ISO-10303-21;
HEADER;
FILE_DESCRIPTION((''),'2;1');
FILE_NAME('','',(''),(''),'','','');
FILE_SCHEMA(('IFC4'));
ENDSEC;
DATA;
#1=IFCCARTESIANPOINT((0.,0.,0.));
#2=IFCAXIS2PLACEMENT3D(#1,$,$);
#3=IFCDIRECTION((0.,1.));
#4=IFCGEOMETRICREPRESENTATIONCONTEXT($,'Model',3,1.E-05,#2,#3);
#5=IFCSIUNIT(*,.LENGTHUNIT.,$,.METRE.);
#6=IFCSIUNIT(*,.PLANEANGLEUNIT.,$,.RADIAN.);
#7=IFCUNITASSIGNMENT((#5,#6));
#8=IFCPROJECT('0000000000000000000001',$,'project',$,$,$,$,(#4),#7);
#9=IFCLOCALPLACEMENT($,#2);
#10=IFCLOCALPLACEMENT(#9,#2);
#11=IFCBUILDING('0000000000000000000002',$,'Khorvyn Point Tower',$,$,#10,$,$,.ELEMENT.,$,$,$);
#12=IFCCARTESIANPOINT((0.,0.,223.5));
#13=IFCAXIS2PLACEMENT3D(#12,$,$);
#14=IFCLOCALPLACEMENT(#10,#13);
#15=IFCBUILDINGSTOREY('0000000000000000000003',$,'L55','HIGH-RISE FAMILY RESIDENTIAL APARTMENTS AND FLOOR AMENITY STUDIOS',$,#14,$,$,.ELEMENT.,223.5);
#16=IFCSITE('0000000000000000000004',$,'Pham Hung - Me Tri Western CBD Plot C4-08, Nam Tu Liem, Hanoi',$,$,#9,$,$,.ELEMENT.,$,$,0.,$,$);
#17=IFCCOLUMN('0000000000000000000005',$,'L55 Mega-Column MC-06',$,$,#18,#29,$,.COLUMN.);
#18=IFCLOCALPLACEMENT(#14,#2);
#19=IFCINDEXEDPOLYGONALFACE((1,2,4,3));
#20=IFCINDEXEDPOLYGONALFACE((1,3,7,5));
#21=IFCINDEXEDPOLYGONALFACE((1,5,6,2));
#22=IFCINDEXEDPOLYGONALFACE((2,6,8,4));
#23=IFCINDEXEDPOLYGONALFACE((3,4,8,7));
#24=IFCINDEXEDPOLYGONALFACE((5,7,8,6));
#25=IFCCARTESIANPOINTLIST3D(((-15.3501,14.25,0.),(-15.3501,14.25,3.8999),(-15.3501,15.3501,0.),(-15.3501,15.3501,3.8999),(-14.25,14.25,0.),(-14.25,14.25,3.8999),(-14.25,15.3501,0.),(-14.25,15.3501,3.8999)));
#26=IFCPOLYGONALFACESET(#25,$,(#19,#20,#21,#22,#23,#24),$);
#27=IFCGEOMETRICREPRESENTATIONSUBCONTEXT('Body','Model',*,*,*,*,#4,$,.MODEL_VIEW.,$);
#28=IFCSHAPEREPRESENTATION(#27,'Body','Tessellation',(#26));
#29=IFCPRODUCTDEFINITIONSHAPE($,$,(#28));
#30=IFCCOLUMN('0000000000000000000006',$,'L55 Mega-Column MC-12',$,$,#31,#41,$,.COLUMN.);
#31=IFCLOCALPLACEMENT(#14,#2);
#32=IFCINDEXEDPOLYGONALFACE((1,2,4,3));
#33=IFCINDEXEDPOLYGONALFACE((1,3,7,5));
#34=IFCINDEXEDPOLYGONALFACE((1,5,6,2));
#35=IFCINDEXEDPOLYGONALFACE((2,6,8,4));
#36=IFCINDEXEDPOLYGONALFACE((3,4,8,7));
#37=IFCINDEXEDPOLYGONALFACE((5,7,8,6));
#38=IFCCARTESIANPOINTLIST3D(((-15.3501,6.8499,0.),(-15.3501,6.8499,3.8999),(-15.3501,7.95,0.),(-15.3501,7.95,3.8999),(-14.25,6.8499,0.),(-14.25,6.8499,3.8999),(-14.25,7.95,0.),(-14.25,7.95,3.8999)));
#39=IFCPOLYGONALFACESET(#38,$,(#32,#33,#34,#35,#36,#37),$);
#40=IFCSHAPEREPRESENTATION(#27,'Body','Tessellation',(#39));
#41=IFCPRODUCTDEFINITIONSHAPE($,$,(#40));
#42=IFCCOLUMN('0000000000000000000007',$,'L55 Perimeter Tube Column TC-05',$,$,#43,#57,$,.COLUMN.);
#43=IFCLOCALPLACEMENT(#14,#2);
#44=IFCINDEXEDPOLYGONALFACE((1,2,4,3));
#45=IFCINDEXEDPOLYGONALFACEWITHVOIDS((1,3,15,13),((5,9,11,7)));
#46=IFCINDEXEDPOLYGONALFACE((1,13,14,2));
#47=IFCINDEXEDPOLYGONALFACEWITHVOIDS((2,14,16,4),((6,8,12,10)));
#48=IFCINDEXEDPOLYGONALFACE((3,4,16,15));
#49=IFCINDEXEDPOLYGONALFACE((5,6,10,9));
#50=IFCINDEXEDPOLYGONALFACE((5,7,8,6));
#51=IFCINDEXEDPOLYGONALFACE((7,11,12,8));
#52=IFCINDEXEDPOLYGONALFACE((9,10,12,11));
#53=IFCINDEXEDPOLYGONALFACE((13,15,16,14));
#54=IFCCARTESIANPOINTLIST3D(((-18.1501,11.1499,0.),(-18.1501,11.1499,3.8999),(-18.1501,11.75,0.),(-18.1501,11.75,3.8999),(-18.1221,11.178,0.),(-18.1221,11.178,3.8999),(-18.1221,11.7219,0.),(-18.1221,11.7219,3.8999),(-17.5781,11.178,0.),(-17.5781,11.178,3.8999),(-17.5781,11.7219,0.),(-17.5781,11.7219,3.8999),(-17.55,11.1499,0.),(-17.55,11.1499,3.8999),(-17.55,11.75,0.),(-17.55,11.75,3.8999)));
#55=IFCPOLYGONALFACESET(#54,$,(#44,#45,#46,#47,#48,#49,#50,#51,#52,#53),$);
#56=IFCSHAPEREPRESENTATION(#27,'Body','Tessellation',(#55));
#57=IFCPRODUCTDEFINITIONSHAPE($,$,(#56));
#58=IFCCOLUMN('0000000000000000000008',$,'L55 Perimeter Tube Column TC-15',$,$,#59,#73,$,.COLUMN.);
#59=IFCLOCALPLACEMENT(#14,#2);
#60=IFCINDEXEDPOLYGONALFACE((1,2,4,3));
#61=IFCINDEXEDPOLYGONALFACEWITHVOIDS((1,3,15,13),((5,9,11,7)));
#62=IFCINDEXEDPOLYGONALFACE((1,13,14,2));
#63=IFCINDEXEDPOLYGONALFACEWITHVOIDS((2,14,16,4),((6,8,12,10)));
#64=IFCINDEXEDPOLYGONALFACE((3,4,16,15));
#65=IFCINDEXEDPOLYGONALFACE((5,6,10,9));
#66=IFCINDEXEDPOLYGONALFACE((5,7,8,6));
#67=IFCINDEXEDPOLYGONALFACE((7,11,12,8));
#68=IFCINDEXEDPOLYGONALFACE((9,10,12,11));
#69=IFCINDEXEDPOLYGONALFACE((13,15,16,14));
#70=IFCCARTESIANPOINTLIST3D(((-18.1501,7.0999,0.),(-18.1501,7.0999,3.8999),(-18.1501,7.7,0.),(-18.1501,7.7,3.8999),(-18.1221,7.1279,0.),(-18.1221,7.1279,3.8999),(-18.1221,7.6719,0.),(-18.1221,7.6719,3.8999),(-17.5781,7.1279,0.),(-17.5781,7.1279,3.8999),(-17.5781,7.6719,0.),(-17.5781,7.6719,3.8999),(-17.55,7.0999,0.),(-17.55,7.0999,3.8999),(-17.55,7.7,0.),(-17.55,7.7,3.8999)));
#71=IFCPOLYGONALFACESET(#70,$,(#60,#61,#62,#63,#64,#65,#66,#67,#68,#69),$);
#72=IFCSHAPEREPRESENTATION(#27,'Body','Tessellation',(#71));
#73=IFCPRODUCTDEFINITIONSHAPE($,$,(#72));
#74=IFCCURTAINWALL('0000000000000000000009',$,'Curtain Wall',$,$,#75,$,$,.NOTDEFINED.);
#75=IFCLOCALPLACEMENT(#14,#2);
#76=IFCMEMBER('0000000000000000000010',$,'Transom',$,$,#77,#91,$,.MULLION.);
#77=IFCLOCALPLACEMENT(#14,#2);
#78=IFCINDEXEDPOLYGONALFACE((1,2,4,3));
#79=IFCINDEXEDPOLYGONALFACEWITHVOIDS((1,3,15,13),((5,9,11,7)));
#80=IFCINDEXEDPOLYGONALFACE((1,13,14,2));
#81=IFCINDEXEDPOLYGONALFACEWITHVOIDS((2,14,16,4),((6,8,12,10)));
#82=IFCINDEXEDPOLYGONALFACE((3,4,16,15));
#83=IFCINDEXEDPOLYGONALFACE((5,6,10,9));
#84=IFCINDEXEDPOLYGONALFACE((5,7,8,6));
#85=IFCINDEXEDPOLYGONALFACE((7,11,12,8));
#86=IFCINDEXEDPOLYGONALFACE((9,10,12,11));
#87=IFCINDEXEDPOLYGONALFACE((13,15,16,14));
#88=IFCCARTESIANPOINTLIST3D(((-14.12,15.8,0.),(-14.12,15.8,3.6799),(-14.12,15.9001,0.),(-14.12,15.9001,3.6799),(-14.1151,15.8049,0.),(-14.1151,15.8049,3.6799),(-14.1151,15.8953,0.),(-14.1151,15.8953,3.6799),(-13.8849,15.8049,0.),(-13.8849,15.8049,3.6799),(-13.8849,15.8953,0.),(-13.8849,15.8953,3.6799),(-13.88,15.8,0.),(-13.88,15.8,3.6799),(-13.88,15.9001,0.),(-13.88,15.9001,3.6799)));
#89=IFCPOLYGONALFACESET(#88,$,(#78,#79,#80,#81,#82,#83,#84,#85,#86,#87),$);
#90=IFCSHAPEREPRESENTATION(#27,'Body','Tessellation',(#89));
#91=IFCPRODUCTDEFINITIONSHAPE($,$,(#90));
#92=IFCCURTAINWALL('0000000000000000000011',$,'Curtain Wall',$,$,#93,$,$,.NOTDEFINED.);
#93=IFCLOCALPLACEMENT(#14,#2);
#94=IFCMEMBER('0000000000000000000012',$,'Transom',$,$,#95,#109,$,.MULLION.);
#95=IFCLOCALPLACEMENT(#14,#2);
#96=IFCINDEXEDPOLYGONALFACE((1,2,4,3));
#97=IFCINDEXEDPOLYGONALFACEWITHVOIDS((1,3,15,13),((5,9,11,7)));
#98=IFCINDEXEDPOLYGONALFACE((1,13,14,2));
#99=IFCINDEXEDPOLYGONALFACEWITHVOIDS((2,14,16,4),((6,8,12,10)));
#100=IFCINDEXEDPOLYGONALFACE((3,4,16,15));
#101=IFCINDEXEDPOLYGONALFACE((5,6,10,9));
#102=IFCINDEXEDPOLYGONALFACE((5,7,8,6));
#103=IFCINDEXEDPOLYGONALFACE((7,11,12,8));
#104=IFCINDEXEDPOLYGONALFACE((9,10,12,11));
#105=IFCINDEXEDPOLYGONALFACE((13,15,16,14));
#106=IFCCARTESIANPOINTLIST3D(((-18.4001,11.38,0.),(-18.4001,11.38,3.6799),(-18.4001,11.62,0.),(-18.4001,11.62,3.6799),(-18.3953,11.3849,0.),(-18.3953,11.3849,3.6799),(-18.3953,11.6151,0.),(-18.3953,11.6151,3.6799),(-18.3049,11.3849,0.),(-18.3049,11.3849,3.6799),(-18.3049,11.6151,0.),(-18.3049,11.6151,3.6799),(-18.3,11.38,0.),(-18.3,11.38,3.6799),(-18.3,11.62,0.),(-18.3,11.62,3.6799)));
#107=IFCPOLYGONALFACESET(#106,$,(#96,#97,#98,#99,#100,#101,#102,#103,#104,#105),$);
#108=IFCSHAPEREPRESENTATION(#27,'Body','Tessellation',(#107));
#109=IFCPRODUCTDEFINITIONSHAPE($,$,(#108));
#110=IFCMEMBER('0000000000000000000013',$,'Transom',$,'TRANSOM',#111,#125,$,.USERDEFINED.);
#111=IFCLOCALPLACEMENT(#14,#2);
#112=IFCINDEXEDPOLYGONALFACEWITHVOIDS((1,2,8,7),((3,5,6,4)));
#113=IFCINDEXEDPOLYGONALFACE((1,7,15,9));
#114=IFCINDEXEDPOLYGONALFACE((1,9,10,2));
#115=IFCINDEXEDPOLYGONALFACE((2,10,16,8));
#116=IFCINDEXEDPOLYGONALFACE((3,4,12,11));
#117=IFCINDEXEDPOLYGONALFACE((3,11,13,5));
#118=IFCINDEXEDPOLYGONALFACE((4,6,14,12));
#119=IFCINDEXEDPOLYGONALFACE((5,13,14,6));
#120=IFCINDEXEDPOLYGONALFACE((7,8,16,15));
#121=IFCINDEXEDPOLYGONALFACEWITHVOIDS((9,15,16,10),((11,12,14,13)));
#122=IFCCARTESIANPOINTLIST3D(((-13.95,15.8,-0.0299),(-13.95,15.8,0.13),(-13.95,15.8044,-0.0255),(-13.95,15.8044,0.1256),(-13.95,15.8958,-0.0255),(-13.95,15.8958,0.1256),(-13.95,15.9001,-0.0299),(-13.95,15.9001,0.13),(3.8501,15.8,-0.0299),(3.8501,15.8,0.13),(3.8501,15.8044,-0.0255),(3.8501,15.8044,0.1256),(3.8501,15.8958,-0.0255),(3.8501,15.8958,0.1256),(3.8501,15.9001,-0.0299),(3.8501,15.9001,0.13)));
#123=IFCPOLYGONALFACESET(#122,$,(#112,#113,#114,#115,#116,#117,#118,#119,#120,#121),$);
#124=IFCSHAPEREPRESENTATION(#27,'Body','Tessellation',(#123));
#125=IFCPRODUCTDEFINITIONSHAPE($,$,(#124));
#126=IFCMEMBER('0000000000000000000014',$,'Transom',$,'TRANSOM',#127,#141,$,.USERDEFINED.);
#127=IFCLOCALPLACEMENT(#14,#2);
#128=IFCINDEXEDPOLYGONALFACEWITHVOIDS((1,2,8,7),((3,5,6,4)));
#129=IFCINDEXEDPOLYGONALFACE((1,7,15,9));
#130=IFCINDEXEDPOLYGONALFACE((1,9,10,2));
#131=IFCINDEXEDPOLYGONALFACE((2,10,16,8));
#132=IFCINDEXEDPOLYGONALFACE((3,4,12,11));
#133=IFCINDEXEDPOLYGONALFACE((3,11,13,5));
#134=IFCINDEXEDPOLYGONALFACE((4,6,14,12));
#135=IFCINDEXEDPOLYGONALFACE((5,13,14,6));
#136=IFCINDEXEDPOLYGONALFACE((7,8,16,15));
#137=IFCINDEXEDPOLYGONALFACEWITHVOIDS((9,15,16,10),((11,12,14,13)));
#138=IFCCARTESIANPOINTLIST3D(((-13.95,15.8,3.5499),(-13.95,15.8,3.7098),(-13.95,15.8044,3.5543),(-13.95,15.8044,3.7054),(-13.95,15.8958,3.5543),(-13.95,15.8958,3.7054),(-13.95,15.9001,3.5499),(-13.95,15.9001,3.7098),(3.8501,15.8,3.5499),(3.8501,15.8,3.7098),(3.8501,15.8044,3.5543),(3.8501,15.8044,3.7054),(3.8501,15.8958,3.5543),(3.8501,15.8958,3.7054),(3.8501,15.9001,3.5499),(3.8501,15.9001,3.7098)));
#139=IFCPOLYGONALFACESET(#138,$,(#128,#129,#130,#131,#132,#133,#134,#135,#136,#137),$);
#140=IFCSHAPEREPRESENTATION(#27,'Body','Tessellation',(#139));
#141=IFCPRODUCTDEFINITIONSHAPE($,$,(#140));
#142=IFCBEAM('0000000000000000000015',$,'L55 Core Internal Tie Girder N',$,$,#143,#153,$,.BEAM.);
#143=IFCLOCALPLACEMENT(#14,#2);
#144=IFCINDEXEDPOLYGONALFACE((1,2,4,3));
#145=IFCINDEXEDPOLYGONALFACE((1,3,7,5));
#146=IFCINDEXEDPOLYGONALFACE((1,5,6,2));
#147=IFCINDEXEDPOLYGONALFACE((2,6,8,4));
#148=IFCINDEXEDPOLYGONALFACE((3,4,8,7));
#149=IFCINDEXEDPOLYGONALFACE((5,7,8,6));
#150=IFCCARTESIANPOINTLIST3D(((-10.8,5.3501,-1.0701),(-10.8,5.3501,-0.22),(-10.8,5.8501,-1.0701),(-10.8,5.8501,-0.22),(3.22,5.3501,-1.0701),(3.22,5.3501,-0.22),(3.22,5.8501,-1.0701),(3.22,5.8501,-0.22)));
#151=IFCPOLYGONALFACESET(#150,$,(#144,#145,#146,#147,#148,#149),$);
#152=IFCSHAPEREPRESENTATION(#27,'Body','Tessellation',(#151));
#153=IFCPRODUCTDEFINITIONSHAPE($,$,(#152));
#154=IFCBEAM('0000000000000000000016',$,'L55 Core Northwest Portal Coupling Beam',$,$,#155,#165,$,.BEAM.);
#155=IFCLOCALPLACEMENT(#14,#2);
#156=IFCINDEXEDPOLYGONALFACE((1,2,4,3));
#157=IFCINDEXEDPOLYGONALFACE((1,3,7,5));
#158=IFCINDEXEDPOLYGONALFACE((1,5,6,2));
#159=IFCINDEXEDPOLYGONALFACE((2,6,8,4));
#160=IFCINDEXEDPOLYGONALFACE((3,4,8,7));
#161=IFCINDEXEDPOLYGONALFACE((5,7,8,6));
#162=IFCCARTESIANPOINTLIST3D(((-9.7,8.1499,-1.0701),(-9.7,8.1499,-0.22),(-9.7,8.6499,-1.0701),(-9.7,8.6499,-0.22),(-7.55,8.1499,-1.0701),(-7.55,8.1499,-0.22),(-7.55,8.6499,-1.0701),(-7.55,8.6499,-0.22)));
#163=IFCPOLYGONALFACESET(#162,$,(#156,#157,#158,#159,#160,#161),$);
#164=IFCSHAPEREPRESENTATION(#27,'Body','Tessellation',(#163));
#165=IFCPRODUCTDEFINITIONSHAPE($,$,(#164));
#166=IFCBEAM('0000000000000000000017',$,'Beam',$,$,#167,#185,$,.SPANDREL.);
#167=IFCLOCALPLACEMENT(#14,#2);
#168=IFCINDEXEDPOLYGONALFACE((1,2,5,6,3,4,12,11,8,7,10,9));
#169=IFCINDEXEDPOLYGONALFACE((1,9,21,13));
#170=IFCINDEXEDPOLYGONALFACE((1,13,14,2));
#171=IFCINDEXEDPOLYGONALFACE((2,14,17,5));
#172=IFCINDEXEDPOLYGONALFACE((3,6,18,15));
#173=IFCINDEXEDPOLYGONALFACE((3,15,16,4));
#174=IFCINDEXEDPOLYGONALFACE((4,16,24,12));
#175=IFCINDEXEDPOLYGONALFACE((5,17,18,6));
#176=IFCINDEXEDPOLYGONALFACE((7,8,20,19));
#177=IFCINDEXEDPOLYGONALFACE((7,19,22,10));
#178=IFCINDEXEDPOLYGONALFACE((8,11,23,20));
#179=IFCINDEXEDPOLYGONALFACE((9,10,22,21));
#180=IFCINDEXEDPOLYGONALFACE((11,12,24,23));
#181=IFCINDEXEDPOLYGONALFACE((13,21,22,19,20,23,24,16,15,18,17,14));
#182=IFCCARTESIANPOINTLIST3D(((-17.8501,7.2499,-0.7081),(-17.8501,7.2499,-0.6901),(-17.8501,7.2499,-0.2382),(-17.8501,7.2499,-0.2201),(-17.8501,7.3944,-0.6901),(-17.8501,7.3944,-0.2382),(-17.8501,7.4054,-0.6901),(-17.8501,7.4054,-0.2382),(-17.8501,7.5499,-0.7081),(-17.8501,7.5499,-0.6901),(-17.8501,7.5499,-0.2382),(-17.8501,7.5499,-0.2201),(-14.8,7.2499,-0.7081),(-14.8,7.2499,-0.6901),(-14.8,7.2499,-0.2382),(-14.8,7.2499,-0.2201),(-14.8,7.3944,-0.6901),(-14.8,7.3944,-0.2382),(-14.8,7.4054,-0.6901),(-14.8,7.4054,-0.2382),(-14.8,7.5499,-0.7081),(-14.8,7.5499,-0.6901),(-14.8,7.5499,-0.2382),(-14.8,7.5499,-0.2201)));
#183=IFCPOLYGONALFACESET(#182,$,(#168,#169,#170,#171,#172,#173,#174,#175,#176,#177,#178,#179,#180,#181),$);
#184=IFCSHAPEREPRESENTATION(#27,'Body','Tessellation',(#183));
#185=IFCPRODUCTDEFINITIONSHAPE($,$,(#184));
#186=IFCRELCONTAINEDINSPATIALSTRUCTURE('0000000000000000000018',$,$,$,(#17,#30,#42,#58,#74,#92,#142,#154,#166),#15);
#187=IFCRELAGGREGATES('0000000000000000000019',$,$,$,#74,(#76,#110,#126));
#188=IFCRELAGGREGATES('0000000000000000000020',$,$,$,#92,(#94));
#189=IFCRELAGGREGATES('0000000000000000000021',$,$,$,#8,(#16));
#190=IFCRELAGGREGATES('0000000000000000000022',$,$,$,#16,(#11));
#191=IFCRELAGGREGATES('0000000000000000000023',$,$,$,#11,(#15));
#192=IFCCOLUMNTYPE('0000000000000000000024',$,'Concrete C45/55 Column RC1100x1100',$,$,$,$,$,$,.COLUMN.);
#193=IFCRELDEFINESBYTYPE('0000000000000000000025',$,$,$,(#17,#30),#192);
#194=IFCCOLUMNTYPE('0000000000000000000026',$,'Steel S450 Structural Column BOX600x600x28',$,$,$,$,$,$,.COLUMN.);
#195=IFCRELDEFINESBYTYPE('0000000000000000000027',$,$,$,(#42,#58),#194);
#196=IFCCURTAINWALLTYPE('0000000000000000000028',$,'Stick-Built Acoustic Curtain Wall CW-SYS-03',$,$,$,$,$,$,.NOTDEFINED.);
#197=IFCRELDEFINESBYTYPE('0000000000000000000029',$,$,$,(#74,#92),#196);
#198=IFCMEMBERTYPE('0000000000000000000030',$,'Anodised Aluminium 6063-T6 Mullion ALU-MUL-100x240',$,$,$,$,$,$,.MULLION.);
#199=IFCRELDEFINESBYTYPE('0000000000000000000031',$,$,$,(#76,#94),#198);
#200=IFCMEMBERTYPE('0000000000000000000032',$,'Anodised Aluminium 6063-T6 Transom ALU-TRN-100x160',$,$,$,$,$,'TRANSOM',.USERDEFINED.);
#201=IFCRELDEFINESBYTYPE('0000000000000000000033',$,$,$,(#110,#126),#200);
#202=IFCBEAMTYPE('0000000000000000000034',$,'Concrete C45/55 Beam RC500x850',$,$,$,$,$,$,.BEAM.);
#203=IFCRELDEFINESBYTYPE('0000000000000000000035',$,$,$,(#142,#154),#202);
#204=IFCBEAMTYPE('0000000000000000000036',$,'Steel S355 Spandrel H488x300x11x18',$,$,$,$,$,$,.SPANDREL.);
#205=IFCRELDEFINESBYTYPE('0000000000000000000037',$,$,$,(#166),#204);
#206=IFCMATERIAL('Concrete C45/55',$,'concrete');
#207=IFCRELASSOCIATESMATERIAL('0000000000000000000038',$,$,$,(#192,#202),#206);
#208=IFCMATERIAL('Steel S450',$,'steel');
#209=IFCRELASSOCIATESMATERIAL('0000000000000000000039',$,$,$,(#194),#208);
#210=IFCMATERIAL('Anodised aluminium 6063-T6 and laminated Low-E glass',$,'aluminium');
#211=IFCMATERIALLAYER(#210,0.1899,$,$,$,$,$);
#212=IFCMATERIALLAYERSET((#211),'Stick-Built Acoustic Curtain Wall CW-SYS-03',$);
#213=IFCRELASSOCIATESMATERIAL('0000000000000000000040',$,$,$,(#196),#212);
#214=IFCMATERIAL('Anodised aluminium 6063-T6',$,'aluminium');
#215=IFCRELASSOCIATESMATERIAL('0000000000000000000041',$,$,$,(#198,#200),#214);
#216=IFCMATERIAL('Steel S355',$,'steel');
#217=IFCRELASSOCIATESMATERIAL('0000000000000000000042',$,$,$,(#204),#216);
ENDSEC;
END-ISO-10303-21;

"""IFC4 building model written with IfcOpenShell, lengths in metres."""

from ifc_helpers import new_model, si_unit, direction, frame, origin, origin_2d, place, context, subcontext, project, spatial, rectangle, hollow_rectangle, i_section, extrude, material, layer, layer_set, material_profile, profile_set, type_object, element, aggregate, save


model = new_model("IFC4")

# Units and contexts
model_context = context("Model", 3, precision=1e-05, world=origin(), true_north=direction((0.0, 1.0)))
body_context = subcontext(model_context, "Body", "Model", "MODEL_VIEW")
ifc_project = project(units=[si_unit("LENGTHUNIT", "METRE"), si_unit("PLANEANGLEUNIT", "RADIAN")], contexts=[model_context])

# Site, building, storey
site_placement = place(None, origin())
site = spatial("IfcSite", under=ifc_project, at=site_placement, Name="Pham Hung - Me Tri Western CBD Plot C4-08, Nam Tu Liem, Hanoi", CompositionType="ELEMENT", RefElevation=0.0)
building_placement = place(site_placement, origin())
building = spatial("IfcBuilding", under=site, at=building_placement, Name="Khorvyn Point Tower", CompositionType="ELEMENT")
storey_placement = place(building_placement, frame((0.0, 0.0, 223.5)))
storey = spatial("IfcBuildingStorey", under=building, at=storey_placement, Name="L55", Description="HIGH-RISE FAMILY RESIDENTIAL APARTMENTS AND FLOOR AMENITY STUDIOS", CompositionType="ELEMENT", Elevation=223.5)

# Columns
ifc_material_1 = material(Name="Concrete C45/55", Category="concrete")
ifc_material_profile_1 = material_profile(ifc_material_1, rectangle(XDim=1.1001, YDim=1.1001, at=origin_2d()))
ifc_profile_set_1 = profile_set([ifc_material_profile_1], Name="Concrete C45/55 RC1100x1100")
column_type_1 = type_object("IfcColumnType", Name="Concrete C45/55 Column RC1100x1100", PredefinedType="COLUMN", material=ifc_profile_set_1)
for number, where, z_axis, x_axis, name in (
    (1, (-14.8, 14.8, 0.0), (0.0, 0.0, 1.0), (1.0, 0.0, 0.0), "L55 Mega-Column MC-06"),
    (2, (-14.8, 7.3999, 0.0), (0.0, 0.0, 1.0), (1.0, 0.0, 0.0), "L55 Mega-Column MC-12"),
):
    element("IfcColumn", number, at=place(storey_placement, frame(where, z_axis=z_axis, x_axis=x_axis)), inside=storey, type_object=column_type_1, Name=name, PredefinedType="COLUMN", context=body_context, shape_type="SweptSolid", body=[
        extrude(rectangle(XDim=1.1001, YDim=1.1001, at=origin_2d()), origin(), (0.0, 0.0, 1.0), 3.8999),
    ])
ifc_material_2 = material(Name="Steel S450", Category="steel")
ifc_material_profile_2 = material_profile(ifc_material_2, hollow_rectangle(XDim=0.6001, YDim=0.6001, WallThickness=0.0281, at=origin_2d()))
ifc_profile_set_2 = profile_set([ifc_material_profile_2], Name="Steel S450 BOX600x600x28")
column_type_2 = type_object("IfcColumnType", Name="Steel S450 Structural Column BOX600x600x28", PredefinedType="COLUMN", material=ifc_profile_set_2)
for number, where, z_axis, x_axis, name in (
    (3, (-17.8501, 11.45, 0.0), (0.0, 0.0, 1.0), (1.0, 0.0, 0.0), "L55 Perimeter Tube Column TC-05"),
    (4, (-17.8501, 7.3999, 0.0), (0.0, 0.0, 1.0), (1.0, 0.0, 0.0), "L55 Perimeter Tube Column TC-15"),
):
    element("IfcColumn", number, at=place(storey_placement, frame(where, z_axis=z_axis, x_axis=x_axis)), inside=storey, type_object=column_type_2, Name=name, PredefinedType="COLUMN", context=body_context, shape_type="SweptSolid", body=[
        extrude(hollow_rectangle(XDim=0.6001, YDim=0.6001, WallThickness=0.0281, at=origin_2d()), origin(), (0.0, 0.0, 1.0), 3.8999),
    ])

# Curtain walls, members
ifc_material_3 = material(Name="Anodised aluminium 6063-T6 and laminated Low-E glass", Category="aluminium")
ifc_layer_1 = layer(ifc_material_3, 0.1899)
ifc_layer_set_1 = layer_set([ifc_layer_1], Name="Stick-Built Acoustic Curtain Wall CW-SYS-03")
curtain_wall_type = type_object("IfcCurtainWallType", Name="Stick-Built Acoustic Curtain Wall CW-SYS-03", PredefinedType="NOTDEFINED", material=ifc_layer_set_1)
curtain_wall_1_placement = place(storey_placement, origin())
curtain_wall_1 = element("IfcCurtainWall", 5, at=curtain_wall_1_placement, inside=storey, type_object=curtain_wall_type, Name="Curtain Wall", PredefinedType="NOTDEFINED")
ifc_material_4 = material(Name="Anodised aluminium 6063-T6", Category="aluminium")
ifc_material_profile_3 = material_profile(ifc_material_4, hollow_rectangle(XDim=0.1001, YDim=0.24, WallThickness=0.0049, at=origin_2d()))
ifc_profile_set_3 = profile_set([ifc_material_profile_3], Name="Anodised aluminium 6063-T6 ALU-MUL-100x240")
member_type_1 = type_object("IfcMemberType", Name="Anodised Aluminium 6063-T6 Mullion ALU-MUL-100x240", PredefinedType="MULLION", material=ifc_profile_set_3)
member_1_placement = place(storey_placement, frame((-14.0, 15.8501, 0.0), z_axis=(0.0, 0.0, 1.0), x_axis=(0.0, 1.0, 0.0)))
member_1 = element("IfcMember", 6, at=member_1_placement, type_object=member_type_1, Name="Transom", PredefinedType="MULLION", context=body_context, shape_type="SweptSolid", body=[
    extrude(hollow_rectangle(XDim=0.1001, YDim=0.24, WallThickness=0.0049, at=origin_2d()), origin(), (0.0, 0.0, 1.0), 3.6799),
])
curtain_wall_2_placement = place(storey_placement, origin())
curtain_wall_2 = element("IfcCurtainWall", 7, at=curtain_wall_2_placement, inside=storey, type_object=curtain_wall_type, Name="Curtain Wall", PredefinedType="NOTDEFINED")
member_2_placement = place(storey_placement, frame((-18.3501, 11.5, 0.0), z_axis=(0.0, 0.0, 1.0), x_axis=(-1.0, 0.0, 0.0)))
member_2 = element("IfcMember", 8, at=member_2_placement, type_object=member_type_1, Name="Transom", PredefinedType="MULLION", context=body_context, shape_type="SweptSolid", body=[
    extrude(hollow_rectangle(XDim=0.1001, YDim=0.24, WallThickness=0.0049, at=origin_2d()), origin(), (0.0, 0.0, 1.0), 3.6799),
])

# Members
ifc_material_profile_4 = material_profile(ifc_material_4, hollow_rectangle(XDim=0.1001, YDim=0.1599, WallThickness=0.0044, at=origin_2d()))
ifc_profile_set_4 = profile_set([ifc_material_profile_4], Name="Anodised aluminium 6063-T6 ALU-TRN-100x160")
member_type_2 = type_object("IfcMemberType", Name="Anodised Aluminium 6063-T6 Transom ALU-TRN-100x160", ElementType="TRANSOM", PredefinedType="USERDEFINED", material=ifc_profile_set_4)
member_3_placement = place(storey_placement, frame((-13.95, 15.8501, 0.05), z_axis=(1.0, 0.0, 0.0), x_axis=(0.0, 1.0, 0.0)))
member_3 = element("IfcMember", 9, at=member_3_placement, type_object=member_type_2, Name="Transom", ObjectType="TRANSOM", PredefinedType="USERDEFINED", context=body_context, shape_type="SweptSolid", body=[
    extrude(hollow_rectangle(XDim=0.1001, YDim=0.1599, WallThickness=0.0044, at=origin_2d()), origin(), (0.0, 0.0, 1.0), 17.8),
])
member_4_placement = place(storey_placement, frame((-13.95, 15.8501, 3.6299), z_axis=(1.0, 0.0, 0.0), x_axis=(0.0, 1.0, 0.0)))
member_4 = element("IfcMember", 10, at=member_4_placement, type_object=member_type_2, Name="Transom", ObjectType="TRANSOM", PredefinedType="USERDEFINED", context=body_context, shape_type="SweptSolid", body=[
    extrude(hollow_rectangle(XDim=0.1001, YDim=0.1599, WallThickness=0.0044, at=origin_2d()), origin(), (0.0, 0.0, 1.0), 17.8),
])
aggregate(curtain_wall_1, [member_1, member_3, member_4])

# Beams
ifc_material_profile_5 = material_profile(ifc_material_1, rectangle(XDim=0.5, YDim=0.8501, at=origin_2d()))
ifc_profile_set_5 = profile_set([ifc_material_profile_5], Name="Concrete C45/55 RC500x850")
beam_type_1 = type_object("IfcBeamType", Name="Concrete C45/55 Beam RC500x850", PredefinedType="BEAM", material=ifc_profile_set_5)
beam_1_placement = place(storey_placement, frame((-10.8, 5.6001, -0.645), z_axis=(1.0, 0.0, 0.0), x_axis=(0.0, 1.0, 0.0)))
element("IfcBeam", 11, at=beam_1_placement, inside=storey, type_object=beam_type_1, Name="L55 Core Internal Tie Girder N", PredefinedType="BEAM", context=body_context, shape_type="SweptSolid", body=[
    extrude(rectangle(XDim=0.5, YDim=0.8501, at=origin_2d()), origin(), (0.0, 0.0, 1.0), 14.02),
])
beam_2_placement = place(storey_placement, frame((-9.7, 8.3999, -0.645), z_axis=(1.0, 0.0, 0.0), x_axis=(0.0, 1.0, 0.0)))
element("IfcBeam", 12, at=beam_2_placement, inside=storey, type_object=beam_type_1, Name="L55 Core Northwest Portal Coupling Beam", PredefinedType="BEAM", context=body_context, shape_type="SweptSolid", body=[
    extrude(rectangle(XDim=0.5, YDim=0.8501, at=origin_2d()), origin(), (0.0, 0.0, 1.0), 2.1499),
])
ifc_material_5 = material(Name="Steel S355", Category="steel")
ifc_material_profile_6 = material_profile(ifc_material_5, i_section(OverallWidth=0.3, OverallDepth=0.488, WebThickness=0.011, FlangeThickness=0.0181, at=origin_2d()))
ifc_profile_set_6 = profile_set([ifc_material_profile_6], Name="Steel S355 H488x300x11x18")
beam_type_2 = type_object("IfcBeamType", Name="Steel S355 Spandrel H488x300x11x18", PredefinedType="SPANDREL", material=ifc_profile_set_6)
beam_3_placement = place(storey_placement, frame((-17.8501, 7.3999, -0.4641), z_axis=(1.0, 0.0, 0.0), x_axis=(0.0, 1.0, 0.0)))
element("IfcBeam", 13, at=beam_3_placement, inside=storey, type_object=beam_type_2, Name="Beam", PredefinedType="SPANDREL", context=body_context, shape_type="SweptSolid", body=[
    extrude(i_section(OverallWidth=0.3, OverallDepth=0.488, WebThickness=0.011, FlangeThickness=0.0181, at=origin_2d()), origin(), (0.0, 0.0, 1.0), 3.05),
])

aggregate(curtain_wall_2, [member_2])

save(model, "model.ifc")
